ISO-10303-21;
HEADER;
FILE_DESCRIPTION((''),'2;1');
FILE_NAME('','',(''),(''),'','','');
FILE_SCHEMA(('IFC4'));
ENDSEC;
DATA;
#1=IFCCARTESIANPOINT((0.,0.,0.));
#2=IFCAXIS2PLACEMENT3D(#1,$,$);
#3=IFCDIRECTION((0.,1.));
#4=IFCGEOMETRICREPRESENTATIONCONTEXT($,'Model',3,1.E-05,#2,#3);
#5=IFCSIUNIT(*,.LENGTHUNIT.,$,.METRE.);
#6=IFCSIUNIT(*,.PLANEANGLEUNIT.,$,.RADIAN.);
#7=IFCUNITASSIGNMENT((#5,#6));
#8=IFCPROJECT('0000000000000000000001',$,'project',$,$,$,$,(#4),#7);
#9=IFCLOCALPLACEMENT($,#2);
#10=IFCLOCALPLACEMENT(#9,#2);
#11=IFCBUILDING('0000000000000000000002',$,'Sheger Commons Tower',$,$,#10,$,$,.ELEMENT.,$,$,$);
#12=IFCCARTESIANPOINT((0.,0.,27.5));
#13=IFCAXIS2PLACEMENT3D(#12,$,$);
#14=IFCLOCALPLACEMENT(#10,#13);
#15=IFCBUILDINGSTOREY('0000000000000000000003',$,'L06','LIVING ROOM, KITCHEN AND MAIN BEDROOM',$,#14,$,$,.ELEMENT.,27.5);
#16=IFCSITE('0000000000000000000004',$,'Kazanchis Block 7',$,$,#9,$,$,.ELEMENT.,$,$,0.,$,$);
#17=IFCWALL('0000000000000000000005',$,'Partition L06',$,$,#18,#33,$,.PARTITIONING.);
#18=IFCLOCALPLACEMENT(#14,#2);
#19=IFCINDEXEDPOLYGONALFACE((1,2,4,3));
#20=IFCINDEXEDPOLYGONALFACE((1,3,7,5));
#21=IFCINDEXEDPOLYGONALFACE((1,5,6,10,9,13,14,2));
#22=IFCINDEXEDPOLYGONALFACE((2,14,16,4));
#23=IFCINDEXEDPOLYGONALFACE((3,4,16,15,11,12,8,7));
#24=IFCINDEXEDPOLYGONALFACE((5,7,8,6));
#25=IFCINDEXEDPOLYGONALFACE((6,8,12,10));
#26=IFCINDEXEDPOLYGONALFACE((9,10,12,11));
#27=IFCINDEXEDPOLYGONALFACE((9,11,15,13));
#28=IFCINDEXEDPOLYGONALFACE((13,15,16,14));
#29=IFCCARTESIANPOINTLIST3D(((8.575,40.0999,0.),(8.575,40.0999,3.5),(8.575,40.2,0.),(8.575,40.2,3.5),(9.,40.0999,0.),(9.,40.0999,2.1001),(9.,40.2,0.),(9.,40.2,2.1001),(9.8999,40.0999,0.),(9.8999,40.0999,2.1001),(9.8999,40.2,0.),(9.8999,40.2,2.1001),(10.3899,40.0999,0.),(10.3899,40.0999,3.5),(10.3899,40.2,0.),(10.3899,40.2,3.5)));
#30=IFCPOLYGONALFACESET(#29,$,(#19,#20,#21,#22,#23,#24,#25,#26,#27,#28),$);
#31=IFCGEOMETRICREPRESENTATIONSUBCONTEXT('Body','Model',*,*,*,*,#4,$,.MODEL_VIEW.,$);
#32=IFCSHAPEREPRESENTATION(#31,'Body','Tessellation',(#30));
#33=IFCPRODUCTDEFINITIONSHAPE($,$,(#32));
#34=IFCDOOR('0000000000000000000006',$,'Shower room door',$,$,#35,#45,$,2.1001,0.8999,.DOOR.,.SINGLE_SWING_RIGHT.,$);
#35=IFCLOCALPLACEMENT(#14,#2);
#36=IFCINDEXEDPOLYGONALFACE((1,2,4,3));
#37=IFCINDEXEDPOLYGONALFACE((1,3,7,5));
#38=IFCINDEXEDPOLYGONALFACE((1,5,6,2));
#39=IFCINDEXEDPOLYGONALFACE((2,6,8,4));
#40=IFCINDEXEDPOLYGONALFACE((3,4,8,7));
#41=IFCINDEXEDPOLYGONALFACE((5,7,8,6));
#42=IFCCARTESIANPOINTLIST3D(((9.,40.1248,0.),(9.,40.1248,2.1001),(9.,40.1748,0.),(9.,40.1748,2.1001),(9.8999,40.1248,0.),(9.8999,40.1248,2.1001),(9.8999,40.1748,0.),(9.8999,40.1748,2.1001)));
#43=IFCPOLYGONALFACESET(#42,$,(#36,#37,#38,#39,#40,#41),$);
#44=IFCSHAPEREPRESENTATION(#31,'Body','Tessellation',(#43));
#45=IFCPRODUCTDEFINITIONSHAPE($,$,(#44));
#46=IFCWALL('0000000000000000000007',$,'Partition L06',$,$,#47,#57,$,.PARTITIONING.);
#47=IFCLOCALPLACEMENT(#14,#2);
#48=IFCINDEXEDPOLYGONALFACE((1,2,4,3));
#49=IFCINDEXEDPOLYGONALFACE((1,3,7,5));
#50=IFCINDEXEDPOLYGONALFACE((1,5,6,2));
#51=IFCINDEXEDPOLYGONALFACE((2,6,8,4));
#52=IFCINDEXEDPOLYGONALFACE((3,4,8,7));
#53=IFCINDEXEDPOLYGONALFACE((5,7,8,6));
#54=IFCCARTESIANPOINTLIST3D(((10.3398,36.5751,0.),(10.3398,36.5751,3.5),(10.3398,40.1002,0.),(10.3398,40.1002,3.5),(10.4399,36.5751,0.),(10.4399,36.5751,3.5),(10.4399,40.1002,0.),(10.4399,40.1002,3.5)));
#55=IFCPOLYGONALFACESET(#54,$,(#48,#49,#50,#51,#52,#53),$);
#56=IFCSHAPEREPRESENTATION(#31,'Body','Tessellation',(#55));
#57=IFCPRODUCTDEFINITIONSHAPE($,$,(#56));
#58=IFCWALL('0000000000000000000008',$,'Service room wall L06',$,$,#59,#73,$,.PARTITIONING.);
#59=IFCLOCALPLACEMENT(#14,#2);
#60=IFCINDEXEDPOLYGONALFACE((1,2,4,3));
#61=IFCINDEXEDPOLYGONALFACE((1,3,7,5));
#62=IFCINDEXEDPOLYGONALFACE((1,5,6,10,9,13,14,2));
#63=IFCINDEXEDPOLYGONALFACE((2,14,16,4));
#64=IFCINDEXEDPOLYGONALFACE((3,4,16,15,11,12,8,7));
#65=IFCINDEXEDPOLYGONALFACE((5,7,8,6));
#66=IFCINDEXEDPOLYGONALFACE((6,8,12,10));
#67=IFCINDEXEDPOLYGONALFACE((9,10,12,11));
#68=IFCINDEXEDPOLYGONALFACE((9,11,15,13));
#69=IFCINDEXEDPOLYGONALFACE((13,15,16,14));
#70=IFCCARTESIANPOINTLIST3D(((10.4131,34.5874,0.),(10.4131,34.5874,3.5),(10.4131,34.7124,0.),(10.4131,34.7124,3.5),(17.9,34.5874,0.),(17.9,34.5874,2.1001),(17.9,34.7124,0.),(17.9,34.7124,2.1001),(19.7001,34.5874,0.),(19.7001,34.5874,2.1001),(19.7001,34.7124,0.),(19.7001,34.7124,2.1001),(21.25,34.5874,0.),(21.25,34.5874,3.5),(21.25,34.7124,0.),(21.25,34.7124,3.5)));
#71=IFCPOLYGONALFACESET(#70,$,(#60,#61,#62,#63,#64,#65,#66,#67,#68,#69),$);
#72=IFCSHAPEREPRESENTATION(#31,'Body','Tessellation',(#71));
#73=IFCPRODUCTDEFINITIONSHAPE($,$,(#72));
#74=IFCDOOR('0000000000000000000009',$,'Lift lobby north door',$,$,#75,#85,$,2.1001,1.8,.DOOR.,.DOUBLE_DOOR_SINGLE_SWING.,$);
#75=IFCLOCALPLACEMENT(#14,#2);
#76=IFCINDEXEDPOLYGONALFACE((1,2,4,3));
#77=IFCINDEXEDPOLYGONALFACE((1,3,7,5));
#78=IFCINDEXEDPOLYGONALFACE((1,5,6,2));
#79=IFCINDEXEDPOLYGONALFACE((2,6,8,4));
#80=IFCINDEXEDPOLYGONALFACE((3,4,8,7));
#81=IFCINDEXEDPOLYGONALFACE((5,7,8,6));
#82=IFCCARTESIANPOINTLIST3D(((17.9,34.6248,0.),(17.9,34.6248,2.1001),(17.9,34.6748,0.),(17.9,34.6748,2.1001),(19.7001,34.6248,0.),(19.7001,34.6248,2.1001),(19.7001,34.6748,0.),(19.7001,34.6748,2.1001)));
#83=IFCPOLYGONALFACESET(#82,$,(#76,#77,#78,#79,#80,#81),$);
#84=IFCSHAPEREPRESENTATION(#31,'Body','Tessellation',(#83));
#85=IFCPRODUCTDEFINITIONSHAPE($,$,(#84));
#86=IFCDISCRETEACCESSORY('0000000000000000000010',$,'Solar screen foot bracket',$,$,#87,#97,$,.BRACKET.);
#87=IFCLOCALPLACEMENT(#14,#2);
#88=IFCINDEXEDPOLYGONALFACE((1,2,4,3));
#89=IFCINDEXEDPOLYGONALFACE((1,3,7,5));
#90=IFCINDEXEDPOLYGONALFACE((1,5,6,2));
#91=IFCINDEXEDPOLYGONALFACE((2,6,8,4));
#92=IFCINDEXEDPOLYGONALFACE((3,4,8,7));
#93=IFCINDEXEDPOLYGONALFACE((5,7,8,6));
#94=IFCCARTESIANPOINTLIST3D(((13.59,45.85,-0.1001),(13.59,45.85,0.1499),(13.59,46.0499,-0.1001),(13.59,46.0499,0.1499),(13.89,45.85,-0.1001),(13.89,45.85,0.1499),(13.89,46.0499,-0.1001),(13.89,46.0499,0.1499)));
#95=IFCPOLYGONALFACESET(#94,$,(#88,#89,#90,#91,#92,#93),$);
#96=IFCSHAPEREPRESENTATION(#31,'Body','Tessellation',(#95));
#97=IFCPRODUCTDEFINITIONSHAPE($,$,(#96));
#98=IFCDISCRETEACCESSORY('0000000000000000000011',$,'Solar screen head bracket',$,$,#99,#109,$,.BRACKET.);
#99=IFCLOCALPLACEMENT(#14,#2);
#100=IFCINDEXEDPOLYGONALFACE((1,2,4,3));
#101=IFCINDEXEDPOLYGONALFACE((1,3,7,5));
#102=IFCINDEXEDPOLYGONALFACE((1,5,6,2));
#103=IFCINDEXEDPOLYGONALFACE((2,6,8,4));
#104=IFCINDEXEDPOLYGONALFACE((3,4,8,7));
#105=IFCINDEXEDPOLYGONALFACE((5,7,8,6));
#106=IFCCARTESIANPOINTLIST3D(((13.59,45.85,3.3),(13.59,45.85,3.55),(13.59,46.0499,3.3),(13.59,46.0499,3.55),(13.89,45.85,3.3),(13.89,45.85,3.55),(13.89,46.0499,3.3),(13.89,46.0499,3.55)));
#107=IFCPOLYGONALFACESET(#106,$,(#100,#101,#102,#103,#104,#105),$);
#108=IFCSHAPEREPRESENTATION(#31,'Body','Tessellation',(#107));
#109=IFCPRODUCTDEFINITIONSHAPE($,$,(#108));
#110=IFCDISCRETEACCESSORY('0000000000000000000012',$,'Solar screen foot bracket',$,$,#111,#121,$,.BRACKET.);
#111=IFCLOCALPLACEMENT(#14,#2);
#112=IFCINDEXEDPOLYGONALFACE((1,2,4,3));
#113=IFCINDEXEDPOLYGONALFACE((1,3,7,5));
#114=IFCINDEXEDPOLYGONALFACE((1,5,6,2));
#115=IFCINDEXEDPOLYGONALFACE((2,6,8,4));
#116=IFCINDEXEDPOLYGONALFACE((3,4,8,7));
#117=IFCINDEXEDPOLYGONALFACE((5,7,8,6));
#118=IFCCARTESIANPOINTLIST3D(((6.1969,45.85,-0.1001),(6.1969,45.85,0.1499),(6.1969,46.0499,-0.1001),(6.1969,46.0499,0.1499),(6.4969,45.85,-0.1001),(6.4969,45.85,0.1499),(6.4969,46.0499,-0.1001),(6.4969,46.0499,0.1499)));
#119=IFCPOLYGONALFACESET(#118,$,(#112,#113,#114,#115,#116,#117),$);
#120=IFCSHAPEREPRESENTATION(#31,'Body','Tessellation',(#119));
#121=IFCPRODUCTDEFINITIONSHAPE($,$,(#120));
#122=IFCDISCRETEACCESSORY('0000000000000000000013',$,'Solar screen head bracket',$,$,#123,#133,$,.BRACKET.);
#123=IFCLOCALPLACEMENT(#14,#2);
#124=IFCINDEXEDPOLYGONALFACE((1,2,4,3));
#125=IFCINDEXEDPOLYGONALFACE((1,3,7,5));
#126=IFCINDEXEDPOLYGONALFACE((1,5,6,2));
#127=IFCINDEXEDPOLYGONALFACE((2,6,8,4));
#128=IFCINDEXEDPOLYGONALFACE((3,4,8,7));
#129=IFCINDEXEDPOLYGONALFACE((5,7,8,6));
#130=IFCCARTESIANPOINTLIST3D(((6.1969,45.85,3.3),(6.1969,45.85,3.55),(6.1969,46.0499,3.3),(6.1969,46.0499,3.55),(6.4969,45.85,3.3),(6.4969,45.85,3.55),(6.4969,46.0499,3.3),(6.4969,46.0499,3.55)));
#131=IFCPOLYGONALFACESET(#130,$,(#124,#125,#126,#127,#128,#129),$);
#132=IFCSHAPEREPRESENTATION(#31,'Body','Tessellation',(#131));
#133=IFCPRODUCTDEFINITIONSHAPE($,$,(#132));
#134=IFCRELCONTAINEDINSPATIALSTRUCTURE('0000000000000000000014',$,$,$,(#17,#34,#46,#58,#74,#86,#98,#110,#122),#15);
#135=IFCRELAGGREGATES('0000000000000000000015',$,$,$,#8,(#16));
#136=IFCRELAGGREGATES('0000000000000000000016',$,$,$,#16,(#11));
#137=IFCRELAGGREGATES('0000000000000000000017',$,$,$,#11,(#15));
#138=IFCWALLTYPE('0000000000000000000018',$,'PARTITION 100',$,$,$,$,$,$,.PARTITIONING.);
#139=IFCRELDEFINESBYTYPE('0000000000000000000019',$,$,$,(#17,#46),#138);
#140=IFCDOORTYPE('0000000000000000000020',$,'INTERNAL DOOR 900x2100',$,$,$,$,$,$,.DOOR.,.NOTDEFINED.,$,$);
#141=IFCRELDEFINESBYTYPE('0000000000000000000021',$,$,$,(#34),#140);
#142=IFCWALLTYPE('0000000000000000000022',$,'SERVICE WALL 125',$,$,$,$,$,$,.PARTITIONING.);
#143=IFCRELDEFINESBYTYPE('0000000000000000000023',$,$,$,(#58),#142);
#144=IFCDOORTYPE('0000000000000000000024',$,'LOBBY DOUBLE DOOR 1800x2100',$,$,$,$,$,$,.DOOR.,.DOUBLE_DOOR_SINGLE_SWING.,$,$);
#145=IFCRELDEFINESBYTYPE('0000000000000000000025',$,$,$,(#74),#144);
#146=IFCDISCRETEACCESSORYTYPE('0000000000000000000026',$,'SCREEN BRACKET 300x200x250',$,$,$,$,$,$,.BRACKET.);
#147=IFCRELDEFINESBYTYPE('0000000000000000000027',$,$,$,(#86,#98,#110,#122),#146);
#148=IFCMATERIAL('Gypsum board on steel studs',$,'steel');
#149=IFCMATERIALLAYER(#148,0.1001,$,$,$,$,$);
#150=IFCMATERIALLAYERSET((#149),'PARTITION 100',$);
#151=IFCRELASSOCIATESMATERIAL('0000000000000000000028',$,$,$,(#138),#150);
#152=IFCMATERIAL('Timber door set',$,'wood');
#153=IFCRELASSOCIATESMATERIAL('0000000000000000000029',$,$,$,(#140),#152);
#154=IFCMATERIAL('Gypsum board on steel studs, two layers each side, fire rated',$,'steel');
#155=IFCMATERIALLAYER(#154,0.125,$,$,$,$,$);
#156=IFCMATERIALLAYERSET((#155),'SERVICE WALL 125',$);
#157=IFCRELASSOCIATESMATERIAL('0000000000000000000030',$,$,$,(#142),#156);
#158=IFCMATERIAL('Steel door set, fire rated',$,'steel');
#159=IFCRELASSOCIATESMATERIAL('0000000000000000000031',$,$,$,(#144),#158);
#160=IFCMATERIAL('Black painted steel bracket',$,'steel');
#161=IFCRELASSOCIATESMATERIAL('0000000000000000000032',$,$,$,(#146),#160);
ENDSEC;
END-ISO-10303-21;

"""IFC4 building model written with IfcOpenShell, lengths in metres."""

from ifc_helpers import new_model, si_unit, direction, frame, frame_2d, origin, origin_2d, place, context, subcontext, project, spatial, rectangle, extrude, material, layer, layer_set, type_object, element, fill, save


model = new_model("IFC4")

# Units and contexts
model_context = context("Model", 3, precision=1e-05, world=origin(), true_north=direction((0.0, 1.0)))
body_context = subcontext(model_context, "Body", "Model", "MODEL_VIEW")
ifc_project = project(units=[si_unit("LENGTHUNIT", "METRE"), si_unit("PLANEANGLEUNIT", "RADIAN")], contexts=[model_context])

# Site, building, storey
site_placement = place(None, origin())
site = spatial("IfcSite", under=ifc_project, at=site_placement, Name="Kazanchis Block 7", CompositionType="ELEMENT", RefElevation=0.0)
building_placement = place(site_placement, origin())
building = spatial("IfcBuilding", under=site, at=building_placement, Name="Sheger Commons Tower", CompositionType="ELEMENT")
storey_placement = place(building_placement, frame((0.0, 0.0, 27.5)))
storey = spatial("IfcBuildingStorey", under=building, at=storey_placement, Name="L06", Description="LIVING ROOM, KITCHEN AND MAIN BEDROOM", CompositionType="ELEMENT", Elevation=27.5)

# Shared definitions
ifc_material_1 = material(Name="Gypsum board on steel studs", Category="steel")
ifc_layer_1 = layer(ifc_material_1, 0.1001)
ifc_layer_set_1 = layer_set([ifc_layer_1], Name="PARTITION 100")
wall_type_1 = type_object("IfcWallType", Name="PARTITION 100", PredefinedType="PARTITIONING", material=ifc_layer_set_1)

# Wall, opening, door
wall_1_placement = place(storey_placement, frame((8.575, 40.1499, 0.0), z_axis=(0.0, 0.0, 1.0), x_axis=(1.0, 0.0, 0.0)))
wall_1 = element("IfcWall", 1, at=wall_1_placement, inside=storey, type_object=wall_type_1, Name="Partition L06", PredefinedType="PARTITIONING", context=body_context, shape_type="SweptSolid", body=[
    extrude(rectangle(XDim=1.8149, YDim=0.1001, at=frame_2d((0.9075, 0.0))), origin(), (0.0, 0.0, 1.0), 3.5),
])
opening_1_placement = place(wall_1_placement, frame((0.425, 0.0, 0.0)))
opening_1 = element("IfcOpeningElement", 2, at=opening_1_placement, cuts=wall_1, PredefinedType="OPENING", context=body_context, shape_type="SweptSolid", body=[
    extrude(rectangle(XDim=0.8999, YDim=2.1001, at=frame_2d((0.45, 1.05))), frame((0.0, 0.0601, 0.0), z_axis=(0.0, -1.0, 0.0), x_axis=(1.0, 0.0, 0.0)), (0.0, 0.0, 1.0), 0.1201),
])
ifc_material_2 = material(Name="Timber door set", Category="wood")
door_type_1 = type_object("IfcDoorType", Name="INTERNAL DOOR 900x2100", OperationType="NOTDEFINED", PredefinedType="DOOR", material=ifc_material_2)
door_1_placement = place(opening_1_placement, origin())
door_1 = element("IfcDoor", 3, at=door_1_placement, inside=storey, type_object=door_type_1, Name="Shower room door", OperationType="SINGLE_SWING_RIGHT", OverallHeight=2.1001, OverallWidth=0.8999, PredefinedType="DOOR", context=body_context, shape_type="SweptSolid", body=[
    extrude(rectangle(XDim=0.8999, YDim=2.1001, at=frame_2d((0.45, 1.05))), frame((0.0, 0.0249, 0.0), z_axis=(0.0, -1.0, 0.0), x_axis=(1.0, 0.0, 0.0)), (0.0, 0.0, 1.0), 0.05),
])
fill(opening_1, door_1)

# Wall
wall_2_placement = place(storey_placement, frame((10.3899, 36.575, 0.0), z_axis=(0.0, 0.0, 1.0), x_axis=(0.0, 1.0, 0.0)))
element("IfcWall", 4, at=wall_2_placement, inside=storey, type_object=wall_type_1, Name="Partition L06", PredefinedType="PARTITIONING", context=body_context, shape_type="SweptSolid", body=[
    extrude(rectangle(XDim=3.5251, YDim=0.1001, at=frame_2d((1.7627, 0.0))), origin(), (0.0, 0.0, 1.0), 3.5),
])

# Wall, opening, door
ifc_material_3 = material(Name="Gypsum board on steel studs, two layers each side, fire rated", Category="steel")
ifc_layer_2 = layer(ifc_material_3, 0.125)
ifc_layer_set_2 = layer_set([ifc_layer_2], Name="SERVICE WALL 125")
wall_type_2 = type_object("IfcWallType", Name="SERVICE WALL 125", PredefinedType="PARTITIONING", material=ifc_layer_set_2)
wall_3_placement = place(storey_placement, frame((10.4131, 34.6499, 0.0), z_axis=(0.0, 0.0, 1.0), x_axis=(1.0, 0.0, 0.0)))
wall_3 = element("IfcWall", 5, at=wall_3_placement, inside=storey, type_object=wall_type_2, Name="Service room wall L06", PredefinedType="PARTITIONING", context=body_context, shape_type="SweptSolid", body=[
    extrude(rectangle(XDim=10.8369, YDim=0.125, at=frame_2d((5.4185, 0.0))), origin(), (0.0, 0.0, 1.0), 3.5),
])
opening_2_placement = place(wall_3_placement, frame((7.4871, 0.0, 0.0)))
opening_2 = element("IfcOpeningElement", 6, at=opening_2_placement, cuts=wall_3, PredefinedType="OPENING", context=body_context, shape_type="SweptSolid", body=[
    extrude(rectangle(XDim=1.8, YDim=2.1001, at=frame_2d((0.8999, 1.05))), frame((0.0, 0.0725, 0.0), z_axis=(0.0, -1.0, 0.0), x_axis=(1.0, 0.0, 0.0)), (0.0, 0.0, 1.0), 0.145),
])
ifc_material_4 = material(Name="Steel door set, fire rated", Category="steel")
door_type_2 = type_object("IfcDoorType", Name="LOBBY DOUBLE DOOR 1800x2100", OperationType="DOUBLE_DOOR_SINGLE_SWING", PredefinedType="DOOR", material=ifc_material_4)
door_2_placement = place(opening_2_placement, origin())
door_2 = element("IfcDoor", 7, at=door_2_placement, inside=storey, type_object=door_type_2, Name="Lift lobby north door", OperationType="DOUBLE_DOOR_SINGLE_SWING", OverallHeight=2.1001, OverallWidth=1.8, PredefinedType="DOOR", context=body_context, shape_type="SweptSolid", body=[
    extrude(rectangle(XDim=1.8, YDim=2.1001, at=frame_2d((0.8999, 1.05))), frame((0.0, 0.0249, 0.0), z_axis=(0.0, -1.0, 0.0), x_axis=(1.0, 0.0, 0.0)), (0.0, 0.0, 1.0), 0.05),
])
fill(opening_2, door_2)

# Discrete accessories
ifc_material_5 = material(Name="Black painted steel bracket", Category="steel")
discrete_accessory_type = type_object("IfcDiscreteAccessoryType", Name="SCREEN BRACKET 300x200x250", PredefinedType="BRACKET", material=ifc_material_5)
for number, where, z_axis, x_axis, name in (
    (8, (13.74, 45.95, -0.1001), (0.0, 0.0, 1.0), (-1.0, 0.0, 0.0), "Solar screen foot bracket"),
    (9, (13.74, 45.95, 3.3), (0.0, 0.0, 1.0), (-1.0, 0.0, 0.0), "Solar screen head bracket"),
    (10, (6.3469, 45.95, -0.1001), (0.0, 0.0, 1.0), (-1.0, 0.0, 0.0), "Solar screen foot bracket"),
    (11, (6.3469, 45.95, 3.3), (0.0, 0.0, 1.0), (-1.0, 0.0, 0.0), "Solar screen head bracket"),
):
    element("IfcDiscreteAccessory", number, at=place(storey_placement, frame(where, z_axis=z_axis, x_axis=x_axis)), inside=storey, type_object=discrete_accessory_type, Name=name, PredefinedType="BRACKET", context=body_context, shape_type="SweptSolid", body=[
        extrude(rectangle(XDim=0.3, YDim=0.2, at=origin_2d()), origin(), (0.0, 0.0, 1.0), 0.25),
    ])

save(model, "model.ifc")
